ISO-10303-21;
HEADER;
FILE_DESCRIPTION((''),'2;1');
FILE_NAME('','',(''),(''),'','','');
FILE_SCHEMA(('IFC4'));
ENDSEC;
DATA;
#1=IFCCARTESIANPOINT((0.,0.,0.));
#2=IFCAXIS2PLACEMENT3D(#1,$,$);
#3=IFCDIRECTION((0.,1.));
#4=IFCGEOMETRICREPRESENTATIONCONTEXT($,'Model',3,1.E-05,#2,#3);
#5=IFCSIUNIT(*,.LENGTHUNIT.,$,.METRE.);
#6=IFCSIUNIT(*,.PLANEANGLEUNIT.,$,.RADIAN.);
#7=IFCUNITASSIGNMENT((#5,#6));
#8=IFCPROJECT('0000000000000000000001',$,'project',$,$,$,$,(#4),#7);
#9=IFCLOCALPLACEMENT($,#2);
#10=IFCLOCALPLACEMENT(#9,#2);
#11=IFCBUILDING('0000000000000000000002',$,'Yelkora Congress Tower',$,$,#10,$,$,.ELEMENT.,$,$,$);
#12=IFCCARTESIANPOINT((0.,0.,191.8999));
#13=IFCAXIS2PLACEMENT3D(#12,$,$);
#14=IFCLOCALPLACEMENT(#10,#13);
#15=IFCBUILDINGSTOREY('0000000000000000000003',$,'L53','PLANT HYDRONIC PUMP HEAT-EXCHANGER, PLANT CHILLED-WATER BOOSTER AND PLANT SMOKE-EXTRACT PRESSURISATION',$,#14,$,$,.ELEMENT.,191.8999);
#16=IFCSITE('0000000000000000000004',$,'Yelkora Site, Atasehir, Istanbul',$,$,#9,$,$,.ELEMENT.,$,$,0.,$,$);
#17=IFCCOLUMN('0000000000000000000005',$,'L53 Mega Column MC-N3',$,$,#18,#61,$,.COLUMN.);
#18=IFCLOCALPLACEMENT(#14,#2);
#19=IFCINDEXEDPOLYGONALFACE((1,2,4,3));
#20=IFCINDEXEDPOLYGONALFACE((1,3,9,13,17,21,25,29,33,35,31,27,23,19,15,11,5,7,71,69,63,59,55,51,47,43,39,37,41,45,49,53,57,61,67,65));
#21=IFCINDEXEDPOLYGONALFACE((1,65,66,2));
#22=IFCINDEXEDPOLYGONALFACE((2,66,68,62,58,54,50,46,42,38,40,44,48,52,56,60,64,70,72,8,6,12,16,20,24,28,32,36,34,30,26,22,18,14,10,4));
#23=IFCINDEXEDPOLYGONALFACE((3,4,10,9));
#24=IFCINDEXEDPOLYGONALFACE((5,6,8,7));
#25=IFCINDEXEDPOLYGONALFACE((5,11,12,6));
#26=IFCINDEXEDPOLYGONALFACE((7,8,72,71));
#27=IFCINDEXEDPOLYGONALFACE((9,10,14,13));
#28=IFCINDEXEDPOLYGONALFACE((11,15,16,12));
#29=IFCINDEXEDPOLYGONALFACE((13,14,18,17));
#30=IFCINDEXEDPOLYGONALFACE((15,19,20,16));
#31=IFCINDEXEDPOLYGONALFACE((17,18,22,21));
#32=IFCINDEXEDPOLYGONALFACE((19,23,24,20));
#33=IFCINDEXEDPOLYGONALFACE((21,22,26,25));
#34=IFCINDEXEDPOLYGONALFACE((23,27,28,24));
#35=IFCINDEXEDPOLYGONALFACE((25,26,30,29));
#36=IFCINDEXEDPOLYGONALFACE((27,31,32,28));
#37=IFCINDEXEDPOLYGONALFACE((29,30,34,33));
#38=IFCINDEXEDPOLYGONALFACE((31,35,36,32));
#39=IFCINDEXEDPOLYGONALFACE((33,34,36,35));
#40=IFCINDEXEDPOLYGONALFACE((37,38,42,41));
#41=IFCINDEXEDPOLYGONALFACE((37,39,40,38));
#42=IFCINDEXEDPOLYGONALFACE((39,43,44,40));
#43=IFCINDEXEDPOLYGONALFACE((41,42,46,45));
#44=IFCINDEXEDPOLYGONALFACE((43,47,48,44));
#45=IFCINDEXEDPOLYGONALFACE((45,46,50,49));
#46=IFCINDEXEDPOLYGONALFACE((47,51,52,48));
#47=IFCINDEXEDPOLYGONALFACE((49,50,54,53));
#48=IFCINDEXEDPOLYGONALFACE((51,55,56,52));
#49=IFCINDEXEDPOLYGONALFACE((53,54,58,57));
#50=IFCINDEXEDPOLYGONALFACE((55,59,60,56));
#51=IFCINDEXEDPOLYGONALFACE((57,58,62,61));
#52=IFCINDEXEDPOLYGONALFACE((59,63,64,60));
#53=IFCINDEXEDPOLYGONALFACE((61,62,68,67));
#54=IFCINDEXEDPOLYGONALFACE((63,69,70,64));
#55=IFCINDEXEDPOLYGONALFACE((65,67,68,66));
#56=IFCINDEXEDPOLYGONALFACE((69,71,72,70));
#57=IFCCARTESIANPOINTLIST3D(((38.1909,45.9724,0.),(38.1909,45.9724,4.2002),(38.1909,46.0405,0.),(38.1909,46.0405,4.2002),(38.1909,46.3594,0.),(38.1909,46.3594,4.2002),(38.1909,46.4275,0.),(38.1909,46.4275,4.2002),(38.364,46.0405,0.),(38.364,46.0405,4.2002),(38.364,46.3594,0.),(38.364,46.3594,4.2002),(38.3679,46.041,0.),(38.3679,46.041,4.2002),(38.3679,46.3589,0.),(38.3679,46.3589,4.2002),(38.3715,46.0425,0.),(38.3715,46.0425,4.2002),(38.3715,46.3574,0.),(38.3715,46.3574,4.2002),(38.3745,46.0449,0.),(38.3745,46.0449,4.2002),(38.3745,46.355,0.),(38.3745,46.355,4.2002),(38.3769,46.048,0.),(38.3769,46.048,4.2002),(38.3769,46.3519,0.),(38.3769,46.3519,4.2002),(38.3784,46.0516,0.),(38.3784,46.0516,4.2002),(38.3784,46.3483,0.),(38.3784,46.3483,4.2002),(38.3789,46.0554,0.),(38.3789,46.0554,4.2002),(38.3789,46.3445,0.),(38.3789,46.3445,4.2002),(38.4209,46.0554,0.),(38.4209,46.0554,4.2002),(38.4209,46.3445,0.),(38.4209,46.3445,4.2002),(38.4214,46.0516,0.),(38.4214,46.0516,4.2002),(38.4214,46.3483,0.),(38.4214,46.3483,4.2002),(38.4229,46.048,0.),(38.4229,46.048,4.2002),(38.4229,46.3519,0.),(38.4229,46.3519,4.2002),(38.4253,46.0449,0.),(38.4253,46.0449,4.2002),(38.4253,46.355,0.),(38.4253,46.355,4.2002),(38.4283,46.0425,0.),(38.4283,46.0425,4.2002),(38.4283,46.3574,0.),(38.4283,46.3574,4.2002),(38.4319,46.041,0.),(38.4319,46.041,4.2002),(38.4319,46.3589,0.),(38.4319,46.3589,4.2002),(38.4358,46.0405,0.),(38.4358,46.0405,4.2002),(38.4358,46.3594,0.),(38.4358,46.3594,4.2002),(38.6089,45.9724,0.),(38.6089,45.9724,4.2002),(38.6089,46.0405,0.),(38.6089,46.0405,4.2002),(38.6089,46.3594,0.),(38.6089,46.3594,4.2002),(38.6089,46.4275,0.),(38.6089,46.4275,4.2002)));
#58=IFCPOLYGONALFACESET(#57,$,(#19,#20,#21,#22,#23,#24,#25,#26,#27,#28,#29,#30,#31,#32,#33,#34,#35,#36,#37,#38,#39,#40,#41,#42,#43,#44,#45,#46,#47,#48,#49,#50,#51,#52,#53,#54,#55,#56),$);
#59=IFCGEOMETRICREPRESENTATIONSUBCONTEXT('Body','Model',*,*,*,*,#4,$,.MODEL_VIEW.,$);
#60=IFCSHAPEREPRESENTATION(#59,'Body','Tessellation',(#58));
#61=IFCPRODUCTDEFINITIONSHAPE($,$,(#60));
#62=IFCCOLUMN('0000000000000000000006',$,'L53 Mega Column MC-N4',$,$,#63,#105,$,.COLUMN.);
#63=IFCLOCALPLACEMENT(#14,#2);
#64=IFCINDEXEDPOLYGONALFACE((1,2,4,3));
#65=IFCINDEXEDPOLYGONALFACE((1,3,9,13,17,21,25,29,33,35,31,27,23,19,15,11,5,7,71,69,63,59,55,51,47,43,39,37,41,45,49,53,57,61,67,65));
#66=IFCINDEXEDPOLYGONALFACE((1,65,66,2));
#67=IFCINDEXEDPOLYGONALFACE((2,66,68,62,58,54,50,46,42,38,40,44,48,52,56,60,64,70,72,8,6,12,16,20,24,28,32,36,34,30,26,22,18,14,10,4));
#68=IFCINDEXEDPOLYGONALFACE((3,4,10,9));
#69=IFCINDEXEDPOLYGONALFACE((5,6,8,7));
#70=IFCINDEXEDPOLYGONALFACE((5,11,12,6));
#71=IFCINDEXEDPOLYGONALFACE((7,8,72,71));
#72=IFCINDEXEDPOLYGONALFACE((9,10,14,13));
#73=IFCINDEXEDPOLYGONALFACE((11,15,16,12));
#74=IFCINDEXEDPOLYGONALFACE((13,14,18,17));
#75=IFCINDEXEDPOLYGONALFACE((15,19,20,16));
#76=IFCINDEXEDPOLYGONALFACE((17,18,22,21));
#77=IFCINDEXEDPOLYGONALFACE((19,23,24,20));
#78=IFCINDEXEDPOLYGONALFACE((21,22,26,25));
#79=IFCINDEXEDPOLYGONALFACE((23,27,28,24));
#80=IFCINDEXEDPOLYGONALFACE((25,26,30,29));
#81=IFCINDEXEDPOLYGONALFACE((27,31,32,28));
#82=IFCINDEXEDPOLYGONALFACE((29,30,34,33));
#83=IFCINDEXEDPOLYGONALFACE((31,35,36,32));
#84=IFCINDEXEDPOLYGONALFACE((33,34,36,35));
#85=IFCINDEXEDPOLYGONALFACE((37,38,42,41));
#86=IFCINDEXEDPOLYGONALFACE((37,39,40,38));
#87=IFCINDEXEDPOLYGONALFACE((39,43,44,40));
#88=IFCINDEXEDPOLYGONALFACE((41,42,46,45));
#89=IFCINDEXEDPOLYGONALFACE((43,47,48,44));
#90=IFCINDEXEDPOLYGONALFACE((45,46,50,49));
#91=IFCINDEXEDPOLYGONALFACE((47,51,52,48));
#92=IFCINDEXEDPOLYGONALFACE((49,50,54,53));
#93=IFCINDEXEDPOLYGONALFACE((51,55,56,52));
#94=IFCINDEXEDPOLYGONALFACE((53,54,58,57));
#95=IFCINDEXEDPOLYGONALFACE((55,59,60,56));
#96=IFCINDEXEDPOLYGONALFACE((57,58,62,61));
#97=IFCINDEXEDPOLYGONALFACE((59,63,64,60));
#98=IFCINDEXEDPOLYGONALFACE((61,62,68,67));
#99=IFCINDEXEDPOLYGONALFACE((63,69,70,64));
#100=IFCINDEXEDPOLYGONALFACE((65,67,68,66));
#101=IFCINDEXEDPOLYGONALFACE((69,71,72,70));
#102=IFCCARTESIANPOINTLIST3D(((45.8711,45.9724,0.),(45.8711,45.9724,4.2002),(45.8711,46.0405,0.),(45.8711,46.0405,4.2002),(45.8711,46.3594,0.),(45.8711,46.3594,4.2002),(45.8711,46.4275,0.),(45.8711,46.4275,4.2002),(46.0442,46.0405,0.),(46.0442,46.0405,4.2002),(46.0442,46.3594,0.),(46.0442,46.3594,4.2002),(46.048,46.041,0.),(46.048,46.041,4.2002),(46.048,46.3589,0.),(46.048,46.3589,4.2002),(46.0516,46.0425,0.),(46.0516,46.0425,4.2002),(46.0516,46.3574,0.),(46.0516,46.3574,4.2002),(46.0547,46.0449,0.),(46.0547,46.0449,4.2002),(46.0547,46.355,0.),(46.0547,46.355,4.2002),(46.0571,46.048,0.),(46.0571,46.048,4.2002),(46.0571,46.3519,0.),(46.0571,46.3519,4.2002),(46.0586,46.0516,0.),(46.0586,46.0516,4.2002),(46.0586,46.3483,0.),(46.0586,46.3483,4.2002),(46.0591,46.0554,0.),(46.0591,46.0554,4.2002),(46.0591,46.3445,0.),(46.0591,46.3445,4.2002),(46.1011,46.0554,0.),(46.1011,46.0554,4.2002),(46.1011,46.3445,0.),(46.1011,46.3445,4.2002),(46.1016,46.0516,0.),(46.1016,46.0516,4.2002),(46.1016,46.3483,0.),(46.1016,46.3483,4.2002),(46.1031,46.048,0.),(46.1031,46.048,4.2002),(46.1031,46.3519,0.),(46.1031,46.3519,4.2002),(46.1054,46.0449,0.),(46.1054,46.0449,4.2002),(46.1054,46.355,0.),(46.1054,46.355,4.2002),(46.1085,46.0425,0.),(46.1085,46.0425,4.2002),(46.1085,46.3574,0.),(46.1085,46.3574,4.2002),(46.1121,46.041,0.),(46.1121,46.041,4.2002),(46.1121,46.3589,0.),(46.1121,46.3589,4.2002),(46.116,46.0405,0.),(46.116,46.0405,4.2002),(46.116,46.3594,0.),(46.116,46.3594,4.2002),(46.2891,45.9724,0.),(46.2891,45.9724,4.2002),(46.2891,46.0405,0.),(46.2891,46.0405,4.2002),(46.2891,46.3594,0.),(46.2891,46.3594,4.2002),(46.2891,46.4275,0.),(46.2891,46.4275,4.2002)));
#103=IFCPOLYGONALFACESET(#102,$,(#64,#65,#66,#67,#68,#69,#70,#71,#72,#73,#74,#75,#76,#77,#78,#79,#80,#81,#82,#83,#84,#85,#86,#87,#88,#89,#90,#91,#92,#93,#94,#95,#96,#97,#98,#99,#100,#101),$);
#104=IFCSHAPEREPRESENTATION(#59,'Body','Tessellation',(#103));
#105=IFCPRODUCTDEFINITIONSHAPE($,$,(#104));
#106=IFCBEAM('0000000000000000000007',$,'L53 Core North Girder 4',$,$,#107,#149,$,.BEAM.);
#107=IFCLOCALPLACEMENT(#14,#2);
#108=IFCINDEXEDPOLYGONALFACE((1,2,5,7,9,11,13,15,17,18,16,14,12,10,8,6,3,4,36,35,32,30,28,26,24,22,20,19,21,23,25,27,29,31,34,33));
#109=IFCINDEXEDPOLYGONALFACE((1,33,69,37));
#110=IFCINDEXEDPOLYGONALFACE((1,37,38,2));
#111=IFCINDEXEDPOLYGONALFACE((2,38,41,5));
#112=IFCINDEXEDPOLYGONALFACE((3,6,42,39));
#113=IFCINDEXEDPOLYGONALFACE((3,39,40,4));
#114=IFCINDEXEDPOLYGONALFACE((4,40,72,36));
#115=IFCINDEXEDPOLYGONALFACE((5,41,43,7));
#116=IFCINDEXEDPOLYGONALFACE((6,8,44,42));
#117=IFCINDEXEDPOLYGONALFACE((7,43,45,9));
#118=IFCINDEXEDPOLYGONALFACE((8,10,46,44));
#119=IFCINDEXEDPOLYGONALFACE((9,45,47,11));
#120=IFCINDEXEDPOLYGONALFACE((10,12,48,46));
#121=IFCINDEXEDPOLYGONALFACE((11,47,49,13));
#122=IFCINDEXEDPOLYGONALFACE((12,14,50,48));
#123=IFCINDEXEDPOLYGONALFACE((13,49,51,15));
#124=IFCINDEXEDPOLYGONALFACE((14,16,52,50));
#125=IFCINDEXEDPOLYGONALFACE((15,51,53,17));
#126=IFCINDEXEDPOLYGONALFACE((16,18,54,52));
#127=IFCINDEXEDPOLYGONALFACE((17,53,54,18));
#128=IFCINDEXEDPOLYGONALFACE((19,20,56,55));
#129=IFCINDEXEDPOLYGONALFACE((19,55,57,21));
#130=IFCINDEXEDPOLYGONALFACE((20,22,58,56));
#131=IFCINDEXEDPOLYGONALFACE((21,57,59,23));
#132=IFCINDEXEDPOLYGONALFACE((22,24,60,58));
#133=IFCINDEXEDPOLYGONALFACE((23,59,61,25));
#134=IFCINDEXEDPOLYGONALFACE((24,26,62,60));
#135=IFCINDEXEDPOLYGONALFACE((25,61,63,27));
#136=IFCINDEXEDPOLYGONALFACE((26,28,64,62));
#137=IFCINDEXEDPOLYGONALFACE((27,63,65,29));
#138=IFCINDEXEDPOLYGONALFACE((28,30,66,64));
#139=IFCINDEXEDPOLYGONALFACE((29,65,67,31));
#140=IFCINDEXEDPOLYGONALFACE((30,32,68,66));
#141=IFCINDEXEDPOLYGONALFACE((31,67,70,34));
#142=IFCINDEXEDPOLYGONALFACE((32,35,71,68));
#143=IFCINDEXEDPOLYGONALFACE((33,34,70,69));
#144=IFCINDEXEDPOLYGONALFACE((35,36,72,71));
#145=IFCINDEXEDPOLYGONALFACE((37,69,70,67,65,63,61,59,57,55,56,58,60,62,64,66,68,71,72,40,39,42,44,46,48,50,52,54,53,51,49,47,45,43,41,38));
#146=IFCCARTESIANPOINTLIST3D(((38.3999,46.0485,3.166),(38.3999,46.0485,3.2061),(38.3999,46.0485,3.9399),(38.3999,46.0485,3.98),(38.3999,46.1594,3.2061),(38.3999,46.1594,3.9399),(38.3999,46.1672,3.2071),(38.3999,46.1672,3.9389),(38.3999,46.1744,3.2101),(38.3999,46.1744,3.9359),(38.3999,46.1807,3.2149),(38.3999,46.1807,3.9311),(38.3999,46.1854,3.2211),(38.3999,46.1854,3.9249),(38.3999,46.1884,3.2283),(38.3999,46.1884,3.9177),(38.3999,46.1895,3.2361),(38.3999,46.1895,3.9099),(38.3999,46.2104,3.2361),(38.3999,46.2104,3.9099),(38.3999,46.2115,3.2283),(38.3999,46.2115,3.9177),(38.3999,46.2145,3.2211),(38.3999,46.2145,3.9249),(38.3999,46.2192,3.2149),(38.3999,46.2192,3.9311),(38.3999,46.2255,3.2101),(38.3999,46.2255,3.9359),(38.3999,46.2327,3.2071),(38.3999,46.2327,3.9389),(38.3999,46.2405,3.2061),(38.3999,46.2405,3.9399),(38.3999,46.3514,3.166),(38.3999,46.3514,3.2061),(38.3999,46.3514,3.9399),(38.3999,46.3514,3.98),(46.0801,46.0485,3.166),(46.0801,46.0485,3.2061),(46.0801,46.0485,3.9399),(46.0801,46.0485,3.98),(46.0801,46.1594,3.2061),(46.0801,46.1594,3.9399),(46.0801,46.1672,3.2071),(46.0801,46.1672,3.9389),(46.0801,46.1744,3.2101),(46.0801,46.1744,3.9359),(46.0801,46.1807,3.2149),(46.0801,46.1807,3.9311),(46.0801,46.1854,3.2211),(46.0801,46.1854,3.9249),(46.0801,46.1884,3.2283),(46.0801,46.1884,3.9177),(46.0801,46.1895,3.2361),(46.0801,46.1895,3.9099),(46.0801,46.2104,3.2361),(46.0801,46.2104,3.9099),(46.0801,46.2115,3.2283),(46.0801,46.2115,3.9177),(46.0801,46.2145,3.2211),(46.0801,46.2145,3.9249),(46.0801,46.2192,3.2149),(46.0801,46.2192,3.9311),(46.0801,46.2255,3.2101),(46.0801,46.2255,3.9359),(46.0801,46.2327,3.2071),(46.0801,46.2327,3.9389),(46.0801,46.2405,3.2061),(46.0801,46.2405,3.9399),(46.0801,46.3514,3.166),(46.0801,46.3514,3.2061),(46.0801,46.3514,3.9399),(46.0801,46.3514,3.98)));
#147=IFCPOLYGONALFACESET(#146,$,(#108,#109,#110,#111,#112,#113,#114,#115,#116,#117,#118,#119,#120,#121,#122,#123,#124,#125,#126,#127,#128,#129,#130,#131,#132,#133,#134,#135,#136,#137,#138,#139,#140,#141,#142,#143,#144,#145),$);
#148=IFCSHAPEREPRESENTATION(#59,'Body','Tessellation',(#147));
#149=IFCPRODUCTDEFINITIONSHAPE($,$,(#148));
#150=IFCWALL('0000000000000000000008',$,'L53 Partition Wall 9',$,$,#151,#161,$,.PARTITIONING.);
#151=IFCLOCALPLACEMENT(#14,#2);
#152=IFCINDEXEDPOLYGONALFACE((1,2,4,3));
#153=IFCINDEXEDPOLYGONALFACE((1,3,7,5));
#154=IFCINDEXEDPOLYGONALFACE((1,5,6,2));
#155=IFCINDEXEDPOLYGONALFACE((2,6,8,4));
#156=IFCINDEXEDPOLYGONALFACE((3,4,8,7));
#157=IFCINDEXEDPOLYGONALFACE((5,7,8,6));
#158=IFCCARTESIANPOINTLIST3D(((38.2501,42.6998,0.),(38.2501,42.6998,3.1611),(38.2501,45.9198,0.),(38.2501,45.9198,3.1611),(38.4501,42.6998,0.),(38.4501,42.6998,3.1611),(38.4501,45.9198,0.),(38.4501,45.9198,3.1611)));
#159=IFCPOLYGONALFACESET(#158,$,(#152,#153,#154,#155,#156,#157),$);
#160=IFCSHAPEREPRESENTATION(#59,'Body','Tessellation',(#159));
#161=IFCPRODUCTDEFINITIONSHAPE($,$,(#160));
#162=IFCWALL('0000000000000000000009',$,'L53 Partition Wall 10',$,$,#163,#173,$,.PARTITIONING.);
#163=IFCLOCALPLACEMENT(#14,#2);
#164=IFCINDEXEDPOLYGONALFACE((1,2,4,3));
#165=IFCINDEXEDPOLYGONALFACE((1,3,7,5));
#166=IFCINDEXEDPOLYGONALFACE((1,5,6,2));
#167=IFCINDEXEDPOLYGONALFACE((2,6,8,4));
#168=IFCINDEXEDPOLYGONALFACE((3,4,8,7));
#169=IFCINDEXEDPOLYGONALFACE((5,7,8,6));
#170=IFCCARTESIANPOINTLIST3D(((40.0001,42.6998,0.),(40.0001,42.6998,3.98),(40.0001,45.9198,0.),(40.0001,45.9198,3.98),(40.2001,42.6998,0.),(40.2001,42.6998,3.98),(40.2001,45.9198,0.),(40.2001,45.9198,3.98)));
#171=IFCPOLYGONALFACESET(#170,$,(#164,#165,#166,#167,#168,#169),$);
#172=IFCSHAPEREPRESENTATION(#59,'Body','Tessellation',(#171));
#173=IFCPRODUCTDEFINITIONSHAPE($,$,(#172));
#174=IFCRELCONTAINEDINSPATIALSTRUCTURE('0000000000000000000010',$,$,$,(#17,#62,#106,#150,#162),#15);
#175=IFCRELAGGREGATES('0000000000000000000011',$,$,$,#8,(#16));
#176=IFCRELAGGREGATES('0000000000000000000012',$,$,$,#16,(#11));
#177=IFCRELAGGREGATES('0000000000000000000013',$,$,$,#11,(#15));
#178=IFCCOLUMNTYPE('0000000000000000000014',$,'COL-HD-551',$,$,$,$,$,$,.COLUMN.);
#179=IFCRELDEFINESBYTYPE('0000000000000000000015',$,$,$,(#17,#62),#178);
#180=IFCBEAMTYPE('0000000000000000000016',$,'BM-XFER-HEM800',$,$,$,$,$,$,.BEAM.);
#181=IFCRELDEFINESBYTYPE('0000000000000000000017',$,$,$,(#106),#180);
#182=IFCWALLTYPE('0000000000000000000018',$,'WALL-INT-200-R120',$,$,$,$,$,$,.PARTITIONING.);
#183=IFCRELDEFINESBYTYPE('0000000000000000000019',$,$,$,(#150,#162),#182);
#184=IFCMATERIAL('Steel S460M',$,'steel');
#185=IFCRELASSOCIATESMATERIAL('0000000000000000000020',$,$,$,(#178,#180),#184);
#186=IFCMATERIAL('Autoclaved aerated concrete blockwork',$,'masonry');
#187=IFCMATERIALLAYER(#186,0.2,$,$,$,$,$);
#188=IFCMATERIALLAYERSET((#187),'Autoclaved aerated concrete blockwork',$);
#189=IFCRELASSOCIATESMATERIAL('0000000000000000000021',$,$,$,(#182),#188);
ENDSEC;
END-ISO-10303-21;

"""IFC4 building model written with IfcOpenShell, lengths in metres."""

from ifc_helpers import new_model, si_unit, direction, frame, frame_2d, origin, origin_2d, place, context, subcontext, project, spatial, rectangle, i_section, extrude, material, layer, layer_set, material_profile, profile_set, type_object, element, save


model = new_model("IFC4")

# Units and contexts
model_context = context("Model", 3, precision=1e-05, world=origin(), true_north=direction((0.0, 1.0)))
body_context = subcontext(model_context, "Body", "Model", "MODEL_VIEW")
ifc_project = project(units=[si_unit("LENGTHUNIT", "METRE"), si_unit("PLANEANGLEUNIT", "RADIAN")], contexts=[model_context])

# Site, building, storey
site_placement = place(None, origin())
site = spatial("IfcSite", under=ifc_project, at=site_placement, Name="Yelkora Site, Atasehir, Istanbul", CompositionType="ELEMENT", RefElevation=0.0)
building_placement = place(site_placement, origin())
building = spatial("IfcBuilding", under=site, at=building_placement, Name="Yelkora Congress Tower", CompositionType="ELEMENT")
storey_placement = place(building_placement, frame((0.0, 0.0, 191.8999)))
storey = spatial("IfcBuildingStorey", under=building, at=storey_placement, Name="L53", Description="PLANT HYDRONIC PUMP HEAT-EXCHANGER, PLANT CHILLED-WATER BOOSTER AND PLANT SMOKE-EXTRACT PRESSURISATION", CompositionType="ELEMENT", Elevation=191.8999)

# Columns
ifc_material_1 = material(Name="Steel S460M", Category="steel")
ifc_material_profile_1 = material_profile(ifc_material_1, i_section(OverallWidth=0.418, OverallDepth=0.4551, WebThickness=0.042, FlangeThickness=0.0681, FilletRadius=0.0149, at=origin_2d()), Name="HD 400x551")
ifc_profile_set_1 = profile_set([ifc_material_profile_1], Name="Steel S460M")
column_type = type_object("IfcColumnType", Name="COL-HD-551", PredefinedType="COLUMN", material=ifc_profile_set_1)
for number, where, z_axis, x_axis, name in (
    (1, (38.3999, 46.2, 0.0), (0.0, 0.0, 1.0), (1.0, 0.0, 0.0), "L53 Mega Column MC-N3"),
    (2, (46.0801, 46.2, 0.0), (0.0, 0.0, 1.0), (1.0, 0.0, 0.0), "L53 Mega Column MC-N4"),
):
    element("IfcColumn", number, at=place(storey_placement, frame(where, z_axis=z_axis, x_axis=x_axis)), inside=storey, type_object=column_type, Name=name, PredefinedType="COLUMN", context=body_context, shape_type="SweptSolid", body=[
        extrude(i_section(OverallWidth=0.418, OverallDepth=0.4551, WebThickness=0.042, FlangeThickness=0.0681, FilletRadius=0.0149, at=origin_2d()), origin(), (0.0, 0.0, 1.0), 4.2002),
    ])

# Beam
ifc_material_profile_2 = material_profile(ifc_material_1, i_section(OverallWidth=0.303, OverallDepth=0.814, WebThickness=0.021, FlangeThickness=0.04, FilletRadius=0.03, at=origin_2d()), Name="HEM 800")
ifc_profile_set_2 = profile_set([ifc_material_profile_2], Name="Steel S460M")
beam_type = type_object("IfcBeamType", Name="BM-XFER-HEM800", PredefinedType="BEAM", material=ifc_profile_set_2)
beam_placement = place(storey_placement, frame((38.3999, 46.2, 3.573), z_axis=(1.0, 0.0, 0.0), x_axis=(0.0, 1.0, 0.0)))
element("IfcBeam", 3, at=beam_placement, inside=storey, type_object=beam_type, Name="L53 Core North Girder 4", PredefinedType="BEAM", context=body_context, shape_type="SweptSolid", body=[
    extrude(i_section(OverallWidth=0.303, OverallDepth=0.814, WebThickness=0.021, FlangeThickness=0.04, FilletRadius=0.03, at=origin_2d()), origin(), (0.0, 0.0, 1.0), 7.6802),
])

# Walls
ifc_material_2 = material(Name="Autoclaved aerated concrete blockwork", Category="masonry")
ifc_layer_1 = layer(ifc_material_2, 0.2)
ifc_layer_set_1 = layer_set([ifc_layer_1], Name="Autoclaved aerated concrete blockwork")
wall_type_1 = type_object("IfcWallType", Name="WALL-INT-200-R120", PredefinedType="PARTITIONING", material=ifc_layer_set_1)
wall_1_placement = place(storey_placement, frame((38.3501, 42.7, 0.0), z_axis=(0.0, 0.0, 1.0), x_axis=(0.0, 1.0, 0.0)))
element("IfcWall", 4, at=wall_1_placement, inside=storey, type_object=wall_type_1, Name="L53 Partition Wall 9", PredefinedType="PARTITIONING", context=body_context, shape_type="SweptSolid", body=[
    extrude(rectangle(XDim=3.22, YDim=0.2, at=frame_2d((1.6099, 0.0))), origin(), (0.0, 0.0, 1.0), 3.1611),
])
wall_2_placement = place(storey_placement, frame((40.1001, 42.7, 0.0), z_axis=(0.0, 0.0, 1.0), x_axis=(0.0, 1.0, 0.0)))
element("IfcWall", 5, at=wall_2_placement, inside=storey, type_object=wall_type_1, Name="L53 Partition Wall 10", PredefinedType="PARTITIONING", context=body_context, shape_type="SweptSolid", body=[
    extrude(rectangle(XDim=3.22, YDim=0.2, at=frame_2d((1.6099, 0.0))), origin(), (0.0, 0.0, 1.0), 3.98),
])

save(model, "model.ifc")
